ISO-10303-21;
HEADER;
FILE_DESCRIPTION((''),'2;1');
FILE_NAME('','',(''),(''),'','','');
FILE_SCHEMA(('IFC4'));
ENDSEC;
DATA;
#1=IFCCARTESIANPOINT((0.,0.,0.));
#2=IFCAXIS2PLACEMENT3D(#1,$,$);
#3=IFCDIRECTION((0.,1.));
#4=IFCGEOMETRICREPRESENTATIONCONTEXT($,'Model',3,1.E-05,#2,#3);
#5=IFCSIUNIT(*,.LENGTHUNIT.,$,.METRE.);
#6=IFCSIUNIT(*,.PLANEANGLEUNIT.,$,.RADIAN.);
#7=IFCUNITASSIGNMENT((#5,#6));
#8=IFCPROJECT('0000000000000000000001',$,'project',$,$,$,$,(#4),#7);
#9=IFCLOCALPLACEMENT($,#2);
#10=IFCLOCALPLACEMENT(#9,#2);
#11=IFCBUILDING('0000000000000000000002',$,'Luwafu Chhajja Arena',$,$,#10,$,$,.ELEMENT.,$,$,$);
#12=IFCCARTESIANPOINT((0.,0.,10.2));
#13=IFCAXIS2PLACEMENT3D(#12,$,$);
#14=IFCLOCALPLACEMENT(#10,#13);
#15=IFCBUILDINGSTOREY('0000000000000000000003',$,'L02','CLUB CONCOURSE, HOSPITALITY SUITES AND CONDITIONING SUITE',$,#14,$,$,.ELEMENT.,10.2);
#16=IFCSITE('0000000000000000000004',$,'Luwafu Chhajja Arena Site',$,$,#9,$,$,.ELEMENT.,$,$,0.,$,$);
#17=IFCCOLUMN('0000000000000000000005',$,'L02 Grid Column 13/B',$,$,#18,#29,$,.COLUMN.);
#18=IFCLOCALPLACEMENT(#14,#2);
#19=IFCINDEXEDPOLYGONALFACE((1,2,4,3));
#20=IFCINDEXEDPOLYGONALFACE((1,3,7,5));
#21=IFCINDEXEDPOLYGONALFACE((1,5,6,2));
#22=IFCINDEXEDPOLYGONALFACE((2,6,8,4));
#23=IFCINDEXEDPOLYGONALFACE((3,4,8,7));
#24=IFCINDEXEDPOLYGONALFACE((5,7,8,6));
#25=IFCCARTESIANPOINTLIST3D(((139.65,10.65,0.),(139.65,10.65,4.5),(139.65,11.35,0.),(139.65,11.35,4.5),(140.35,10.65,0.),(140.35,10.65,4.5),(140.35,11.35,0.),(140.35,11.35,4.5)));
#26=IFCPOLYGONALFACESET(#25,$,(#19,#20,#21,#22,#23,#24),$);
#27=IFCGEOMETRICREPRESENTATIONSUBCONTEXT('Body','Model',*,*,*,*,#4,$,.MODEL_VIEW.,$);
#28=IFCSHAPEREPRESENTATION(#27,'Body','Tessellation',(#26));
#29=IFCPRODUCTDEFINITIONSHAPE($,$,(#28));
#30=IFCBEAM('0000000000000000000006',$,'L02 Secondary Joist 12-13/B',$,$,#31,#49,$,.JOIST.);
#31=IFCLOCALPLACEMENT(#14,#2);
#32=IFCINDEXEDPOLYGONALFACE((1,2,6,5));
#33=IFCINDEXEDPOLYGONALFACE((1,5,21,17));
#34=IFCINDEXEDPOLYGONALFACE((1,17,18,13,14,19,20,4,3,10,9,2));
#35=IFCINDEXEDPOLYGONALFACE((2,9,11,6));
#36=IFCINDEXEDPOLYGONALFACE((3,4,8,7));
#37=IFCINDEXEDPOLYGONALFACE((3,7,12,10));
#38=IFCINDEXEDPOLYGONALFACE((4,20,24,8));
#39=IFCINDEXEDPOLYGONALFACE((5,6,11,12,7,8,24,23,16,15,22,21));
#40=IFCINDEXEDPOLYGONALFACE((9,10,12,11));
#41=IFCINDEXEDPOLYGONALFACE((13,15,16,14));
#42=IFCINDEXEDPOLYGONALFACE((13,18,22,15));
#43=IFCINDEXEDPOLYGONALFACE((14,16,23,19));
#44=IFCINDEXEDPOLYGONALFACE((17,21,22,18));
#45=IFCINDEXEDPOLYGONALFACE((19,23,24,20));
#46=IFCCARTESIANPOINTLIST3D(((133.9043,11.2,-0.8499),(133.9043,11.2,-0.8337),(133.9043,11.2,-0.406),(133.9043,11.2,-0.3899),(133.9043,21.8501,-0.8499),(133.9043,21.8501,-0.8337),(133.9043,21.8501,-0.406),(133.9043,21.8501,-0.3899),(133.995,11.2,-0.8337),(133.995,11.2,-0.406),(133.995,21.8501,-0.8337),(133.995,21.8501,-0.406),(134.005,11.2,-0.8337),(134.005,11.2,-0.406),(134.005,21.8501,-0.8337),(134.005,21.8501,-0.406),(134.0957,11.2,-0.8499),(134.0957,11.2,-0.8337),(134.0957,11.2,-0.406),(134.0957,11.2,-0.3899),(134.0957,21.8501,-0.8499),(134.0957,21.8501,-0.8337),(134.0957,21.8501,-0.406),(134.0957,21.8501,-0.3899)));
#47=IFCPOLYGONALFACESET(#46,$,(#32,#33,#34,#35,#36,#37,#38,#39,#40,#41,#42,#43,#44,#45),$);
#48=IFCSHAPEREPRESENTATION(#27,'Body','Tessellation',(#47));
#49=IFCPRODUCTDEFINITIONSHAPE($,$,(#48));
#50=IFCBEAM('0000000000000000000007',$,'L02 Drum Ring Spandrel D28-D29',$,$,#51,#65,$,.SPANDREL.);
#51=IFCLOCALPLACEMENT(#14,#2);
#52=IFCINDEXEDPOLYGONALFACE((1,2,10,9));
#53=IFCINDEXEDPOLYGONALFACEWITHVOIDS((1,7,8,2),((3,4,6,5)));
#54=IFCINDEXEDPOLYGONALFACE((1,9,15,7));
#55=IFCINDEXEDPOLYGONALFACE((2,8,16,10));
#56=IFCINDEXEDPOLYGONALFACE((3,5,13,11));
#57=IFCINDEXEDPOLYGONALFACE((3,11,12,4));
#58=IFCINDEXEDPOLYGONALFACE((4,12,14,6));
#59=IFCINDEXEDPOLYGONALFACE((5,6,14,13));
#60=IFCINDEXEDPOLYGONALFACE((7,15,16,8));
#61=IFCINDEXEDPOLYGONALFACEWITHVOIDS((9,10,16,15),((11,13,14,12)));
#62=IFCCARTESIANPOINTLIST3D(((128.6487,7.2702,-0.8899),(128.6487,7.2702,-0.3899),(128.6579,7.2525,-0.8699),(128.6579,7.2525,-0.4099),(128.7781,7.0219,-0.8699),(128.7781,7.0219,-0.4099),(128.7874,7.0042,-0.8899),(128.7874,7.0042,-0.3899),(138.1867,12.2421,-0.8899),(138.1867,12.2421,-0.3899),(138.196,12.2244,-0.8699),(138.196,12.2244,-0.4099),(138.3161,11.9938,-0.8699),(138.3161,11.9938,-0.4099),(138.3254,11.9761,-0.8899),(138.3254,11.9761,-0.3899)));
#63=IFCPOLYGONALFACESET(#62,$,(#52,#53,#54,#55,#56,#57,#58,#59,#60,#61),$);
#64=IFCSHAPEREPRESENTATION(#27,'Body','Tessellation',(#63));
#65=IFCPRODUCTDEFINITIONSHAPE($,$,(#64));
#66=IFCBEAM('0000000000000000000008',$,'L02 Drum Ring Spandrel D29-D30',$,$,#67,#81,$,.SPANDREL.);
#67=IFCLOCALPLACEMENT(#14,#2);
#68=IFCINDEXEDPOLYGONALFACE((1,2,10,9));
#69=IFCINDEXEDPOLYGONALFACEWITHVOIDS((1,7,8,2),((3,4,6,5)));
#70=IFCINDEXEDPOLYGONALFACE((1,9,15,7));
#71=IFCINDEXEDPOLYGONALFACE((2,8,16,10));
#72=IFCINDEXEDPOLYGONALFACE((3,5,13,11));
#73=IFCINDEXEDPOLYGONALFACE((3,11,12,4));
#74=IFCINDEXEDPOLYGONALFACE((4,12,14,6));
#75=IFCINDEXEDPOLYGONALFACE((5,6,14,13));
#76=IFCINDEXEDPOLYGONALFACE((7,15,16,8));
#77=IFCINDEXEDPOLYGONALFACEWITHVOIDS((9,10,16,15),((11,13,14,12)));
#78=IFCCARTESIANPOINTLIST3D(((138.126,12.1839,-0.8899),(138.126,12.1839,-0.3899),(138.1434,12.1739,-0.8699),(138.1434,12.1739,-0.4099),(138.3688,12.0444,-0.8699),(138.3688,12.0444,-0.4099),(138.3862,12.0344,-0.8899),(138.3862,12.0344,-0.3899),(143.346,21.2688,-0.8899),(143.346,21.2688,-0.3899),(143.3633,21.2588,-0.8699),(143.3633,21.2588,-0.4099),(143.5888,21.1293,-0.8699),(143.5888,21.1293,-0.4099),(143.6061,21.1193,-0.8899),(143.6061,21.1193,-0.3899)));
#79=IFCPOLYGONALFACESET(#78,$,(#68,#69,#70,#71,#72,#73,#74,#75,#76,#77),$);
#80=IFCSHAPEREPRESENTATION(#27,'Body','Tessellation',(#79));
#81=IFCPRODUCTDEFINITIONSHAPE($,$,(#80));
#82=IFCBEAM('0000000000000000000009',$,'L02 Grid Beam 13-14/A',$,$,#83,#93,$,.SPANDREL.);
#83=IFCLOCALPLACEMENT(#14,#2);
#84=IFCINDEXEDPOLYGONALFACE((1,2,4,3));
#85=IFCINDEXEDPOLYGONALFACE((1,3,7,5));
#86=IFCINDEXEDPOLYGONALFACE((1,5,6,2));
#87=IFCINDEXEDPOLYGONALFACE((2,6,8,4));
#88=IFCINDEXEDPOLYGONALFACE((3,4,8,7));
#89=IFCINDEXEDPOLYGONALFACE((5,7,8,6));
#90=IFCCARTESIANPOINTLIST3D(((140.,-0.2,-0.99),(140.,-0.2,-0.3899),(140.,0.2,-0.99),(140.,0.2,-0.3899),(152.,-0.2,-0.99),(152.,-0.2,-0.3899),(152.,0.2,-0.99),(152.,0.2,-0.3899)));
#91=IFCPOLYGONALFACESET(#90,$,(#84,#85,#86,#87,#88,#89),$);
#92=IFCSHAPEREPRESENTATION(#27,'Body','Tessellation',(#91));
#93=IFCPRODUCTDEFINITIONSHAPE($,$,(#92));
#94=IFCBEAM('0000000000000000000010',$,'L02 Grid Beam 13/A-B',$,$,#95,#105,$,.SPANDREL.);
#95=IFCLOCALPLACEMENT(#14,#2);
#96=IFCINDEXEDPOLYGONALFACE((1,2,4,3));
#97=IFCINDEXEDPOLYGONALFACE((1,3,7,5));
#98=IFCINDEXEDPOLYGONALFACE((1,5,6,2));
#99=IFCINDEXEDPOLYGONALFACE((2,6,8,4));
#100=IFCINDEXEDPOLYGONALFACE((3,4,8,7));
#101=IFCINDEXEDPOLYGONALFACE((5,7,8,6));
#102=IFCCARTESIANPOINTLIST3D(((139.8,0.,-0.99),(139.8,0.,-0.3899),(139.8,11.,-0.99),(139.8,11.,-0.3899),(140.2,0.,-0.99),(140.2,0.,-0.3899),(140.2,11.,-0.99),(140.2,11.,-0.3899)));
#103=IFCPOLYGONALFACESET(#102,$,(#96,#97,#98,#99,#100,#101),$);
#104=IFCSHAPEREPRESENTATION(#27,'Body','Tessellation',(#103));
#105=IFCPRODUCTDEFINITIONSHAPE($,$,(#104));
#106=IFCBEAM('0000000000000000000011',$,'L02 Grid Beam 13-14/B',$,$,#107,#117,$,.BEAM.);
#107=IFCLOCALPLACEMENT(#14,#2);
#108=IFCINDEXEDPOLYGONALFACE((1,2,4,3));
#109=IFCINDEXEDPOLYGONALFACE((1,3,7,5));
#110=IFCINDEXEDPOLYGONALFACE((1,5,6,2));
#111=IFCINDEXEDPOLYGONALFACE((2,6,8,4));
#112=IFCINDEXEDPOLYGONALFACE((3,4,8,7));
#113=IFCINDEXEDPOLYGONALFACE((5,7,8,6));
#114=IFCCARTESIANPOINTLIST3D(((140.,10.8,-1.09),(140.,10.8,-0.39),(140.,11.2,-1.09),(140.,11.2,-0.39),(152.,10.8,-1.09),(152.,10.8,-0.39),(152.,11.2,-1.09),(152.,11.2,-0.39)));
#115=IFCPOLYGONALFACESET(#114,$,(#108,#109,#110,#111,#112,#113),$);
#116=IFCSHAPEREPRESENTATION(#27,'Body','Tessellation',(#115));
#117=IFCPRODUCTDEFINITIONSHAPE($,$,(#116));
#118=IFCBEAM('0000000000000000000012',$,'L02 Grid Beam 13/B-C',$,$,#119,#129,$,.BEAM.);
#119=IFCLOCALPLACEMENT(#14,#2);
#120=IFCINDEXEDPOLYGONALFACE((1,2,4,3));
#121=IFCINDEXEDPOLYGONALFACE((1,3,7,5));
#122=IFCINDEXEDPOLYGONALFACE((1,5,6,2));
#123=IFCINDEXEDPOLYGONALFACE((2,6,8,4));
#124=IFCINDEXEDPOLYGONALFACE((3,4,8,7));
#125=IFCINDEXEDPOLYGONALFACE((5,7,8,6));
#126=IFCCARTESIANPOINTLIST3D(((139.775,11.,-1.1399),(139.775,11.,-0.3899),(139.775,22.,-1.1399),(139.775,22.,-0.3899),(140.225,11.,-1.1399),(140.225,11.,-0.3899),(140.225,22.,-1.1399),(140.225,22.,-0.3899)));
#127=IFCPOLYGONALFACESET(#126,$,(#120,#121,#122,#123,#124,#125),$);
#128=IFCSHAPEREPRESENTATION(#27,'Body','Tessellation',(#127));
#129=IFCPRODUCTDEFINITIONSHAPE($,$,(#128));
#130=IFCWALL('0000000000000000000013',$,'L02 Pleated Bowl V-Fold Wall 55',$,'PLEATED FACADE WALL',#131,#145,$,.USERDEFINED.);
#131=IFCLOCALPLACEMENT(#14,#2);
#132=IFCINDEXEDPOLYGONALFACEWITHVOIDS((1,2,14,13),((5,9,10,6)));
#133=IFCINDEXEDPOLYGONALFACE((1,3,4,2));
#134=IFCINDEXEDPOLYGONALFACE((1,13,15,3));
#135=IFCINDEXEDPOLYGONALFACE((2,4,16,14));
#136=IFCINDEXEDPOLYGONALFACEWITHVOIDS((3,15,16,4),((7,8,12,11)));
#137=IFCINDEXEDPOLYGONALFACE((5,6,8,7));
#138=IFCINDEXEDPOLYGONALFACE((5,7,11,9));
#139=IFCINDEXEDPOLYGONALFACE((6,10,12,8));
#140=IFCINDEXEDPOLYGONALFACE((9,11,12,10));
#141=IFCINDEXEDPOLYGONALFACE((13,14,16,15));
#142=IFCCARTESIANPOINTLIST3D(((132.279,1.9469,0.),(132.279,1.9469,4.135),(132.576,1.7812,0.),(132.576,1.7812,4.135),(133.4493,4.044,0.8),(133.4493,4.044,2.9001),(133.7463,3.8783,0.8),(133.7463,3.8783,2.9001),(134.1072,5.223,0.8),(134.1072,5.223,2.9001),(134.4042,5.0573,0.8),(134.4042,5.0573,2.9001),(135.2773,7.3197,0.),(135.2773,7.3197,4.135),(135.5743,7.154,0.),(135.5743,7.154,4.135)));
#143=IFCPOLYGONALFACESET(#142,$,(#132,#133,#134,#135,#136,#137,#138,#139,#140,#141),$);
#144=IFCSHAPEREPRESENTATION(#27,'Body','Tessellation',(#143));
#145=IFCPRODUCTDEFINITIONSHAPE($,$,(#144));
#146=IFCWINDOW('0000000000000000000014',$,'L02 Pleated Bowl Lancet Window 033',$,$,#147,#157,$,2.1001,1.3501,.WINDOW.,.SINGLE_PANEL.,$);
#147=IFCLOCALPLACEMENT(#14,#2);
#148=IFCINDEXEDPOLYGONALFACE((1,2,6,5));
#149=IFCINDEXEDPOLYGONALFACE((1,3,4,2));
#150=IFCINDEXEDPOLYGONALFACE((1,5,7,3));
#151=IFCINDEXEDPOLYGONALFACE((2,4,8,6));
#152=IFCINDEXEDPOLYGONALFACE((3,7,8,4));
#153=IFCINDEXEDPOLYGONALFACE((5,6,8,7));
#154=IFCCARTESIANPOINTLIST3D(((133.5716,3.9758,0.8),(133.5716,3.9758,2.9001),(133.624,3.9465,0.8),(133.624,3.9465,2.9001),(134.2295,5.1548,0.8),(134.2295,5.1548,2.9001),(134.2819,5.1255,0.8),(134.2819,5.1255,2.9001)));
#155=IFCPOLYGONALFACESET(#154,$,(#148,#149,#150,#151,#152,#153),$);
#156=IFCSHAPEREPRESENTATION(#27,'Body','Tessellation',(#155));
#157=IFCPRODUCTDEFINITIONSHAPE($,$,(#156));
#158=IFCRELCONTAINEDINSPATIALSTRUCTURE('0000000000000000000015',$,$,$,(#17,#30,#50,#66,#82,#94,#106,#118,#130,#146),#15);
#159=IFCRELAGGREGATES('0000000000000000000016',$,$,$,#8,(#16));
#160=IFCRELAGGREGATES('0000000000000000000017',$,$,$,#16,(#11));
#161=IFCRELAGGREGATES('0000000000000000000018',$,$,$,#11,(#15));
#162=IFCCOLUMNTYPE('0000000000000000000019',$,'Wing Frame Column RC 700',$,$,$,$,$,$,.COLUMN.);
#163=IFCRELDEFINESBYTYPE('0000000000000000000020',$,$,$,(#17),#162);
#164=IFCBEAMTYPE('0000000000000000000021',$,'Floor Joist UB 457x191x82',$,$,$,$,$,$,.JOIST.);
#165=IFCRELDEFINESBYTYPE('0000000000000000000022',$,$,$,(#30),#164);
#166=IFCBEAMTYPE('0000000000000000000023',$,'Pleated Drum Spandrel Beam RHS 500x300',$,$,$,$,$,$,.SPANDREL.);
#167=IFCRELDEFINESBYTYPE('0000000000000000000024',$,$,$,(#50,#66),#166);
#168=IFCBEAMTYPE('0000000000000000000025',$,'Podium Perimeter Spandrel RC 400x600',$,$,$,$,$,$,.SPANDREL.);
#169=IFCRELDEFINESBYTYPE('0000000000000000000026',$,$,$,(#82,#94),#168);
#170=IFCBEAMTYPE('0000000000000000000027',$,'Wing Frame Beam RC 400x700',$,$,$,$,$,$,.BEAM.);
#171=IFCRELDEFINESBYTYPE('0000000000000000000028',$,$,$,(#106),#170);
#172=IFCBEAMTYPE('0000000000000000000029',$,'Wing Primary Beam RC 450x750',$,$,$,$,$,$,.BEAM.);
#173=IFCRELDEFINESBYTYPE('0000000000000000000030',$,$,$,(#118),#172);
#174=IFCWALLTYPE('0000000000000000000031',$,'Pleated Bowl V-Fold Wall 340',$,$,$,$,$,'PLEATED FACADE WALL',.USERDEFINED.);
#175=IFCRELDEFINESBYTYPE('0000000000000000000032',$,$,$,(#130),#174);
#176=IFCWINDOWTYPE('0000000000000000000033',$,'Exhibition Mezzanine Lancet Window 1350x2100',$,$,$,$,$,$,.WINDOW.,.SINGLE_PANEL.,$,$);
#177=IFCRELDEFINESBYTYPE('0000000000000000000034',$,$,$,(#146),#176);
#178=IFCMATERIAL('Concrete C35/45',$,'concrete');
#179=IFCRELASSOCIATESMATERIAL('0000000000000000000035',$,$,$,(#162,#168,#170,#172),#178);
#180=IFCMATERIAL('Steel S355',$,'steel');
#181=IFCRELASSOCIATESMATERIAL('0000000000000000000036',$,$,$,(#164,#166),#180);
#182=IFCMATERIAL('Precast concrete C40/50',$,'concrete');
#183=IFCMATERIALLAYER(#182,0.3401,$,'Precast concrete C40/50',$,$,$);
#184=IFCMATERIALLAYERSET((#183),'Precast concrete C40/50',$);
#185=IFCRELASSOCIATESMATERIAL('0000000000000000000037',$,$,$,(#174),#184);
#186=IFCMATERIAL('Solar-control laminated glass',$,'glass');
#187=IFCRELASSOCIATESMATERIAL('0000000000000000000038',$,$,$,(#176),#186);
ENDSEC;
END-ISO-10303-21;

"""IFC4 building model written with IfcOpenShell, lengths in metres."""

from ifc_helpers import new_model, si_unit, direction, frame, frame_2d, origin, origin_2d, place, context, subcontext, project, spatial, rectangle, hollow_rectangle, i_section, extrude, material, layer, layer_set, material_profile, profile_set, type_object, element, fill, save


model = new_model("IFC4")

# Units and contexts
model_context = context("Model", 3, precision=1e-05, world=origin(), true_north=direction((0.0, 1.0)))
body_context = subcontext(model_context, "Body", "Model", "MODEL_VIEW")
ifc_project = project(units=[si_unit("LENGTHUNIT", "METRE"), si_unit("PLANEANGLEUNIT", "RADIAN")], contexts=[model_context])

# Site, building, storey
site_placement = place(None, origin())
site = spatial("IfcSite", under=ifc_project, at=site_placement, Name="Luwafu Chhajja Arena Site", CompositionType="ELEMENT", RefElevation=0.0)
building_placement = place(site_placement, origin())
building = spatial("IfcBuilding", under=site, at=building_placement, Name="Luwafu Chhajja Arena", CompositionType="ELEMENT")
storey_placement = place(building_placement, frame((0.0, 0.0, 10.2)))
storey = spatial("IfcBuildingStorey", under=building, at=storey_placement, Name="L02", Description="CLUB CONCOURSE, HOSPITALITY SUITES AND CONDITIONING SUITE", CompositionType="ELEMENT", Elevation=10.2)

# Column
ifc_material_1 = material(Name="Concrete C35/45", Category="concrete")
ifc_material_2 = material(Name="Steel S355", Category="steel")
ifc_material_profile_1 = material_profile(ifc_material_1, rectangle(XDim=0.7, YDim=0.7, at=origin_2d()), Name="RC 700x700")
ifc_profile_set_1 = profile_set([ifc_material_profile_1], Name="Concrete C35/45")
column_type_1 = type_object("IfcColumnType", Name="Wing Frame Column RC 700", PredefinedType="COLUMN", material=ifc_profile_set_1)
column_1_placement = place(storey_placement, frame((140.0, 11.0, 0.0), z_axis=(0.0, 0.0, 1.0), x_axis=(1.0, 0.0, 0.0)))
element("IfcColumn", 1, at=column_1_placement, inside=storey, type_object=column_type_1, Name="L02 Grid Column 13/B", PredefinedType="COLUMN", context=body_context, shape_type="SweptSolid", body=[
    extrude(rectangle(XDim=0.7, YDim=0.7, at=origin_2d()), origin(), (0.0, 0.0, 1.0), 4.5),
])

# Beams
ifc_material_profile_2 = material_profile(ifc_material_2, i_section(OverallWidth=0.1914, OverallDepth=0.46, WebThickness=0.01, FlangeThickness=0.0161, at=origin_2d()), Name="UB 457x191x82")
ifc_profile_set_2 = profile_set([ifc_material_profile_2], Name="Steel S355")
beam_type_1 = type_object("IfcBeamType", Name="Floor Joist UB 457x191x82", PredefinedType="JOIST", material=ifc_profile_set_2)
beam_1_placement = place(storey_placement, frame((134.0, 11.2, -0.6199), z_axis=(0.0, 1.0, 0.0), x_axis=(-1.0, 0.0, 0.0)))
element("IfcBeam", 2, at=beam_1_placement, inside=storey, type_object=beam_type_1, Name="L02 Secondary Joist 12-13/B", PredefinedType="JOIST", context=body_context, shape_type="SweptSolid", body=[
    extrude(i_section(OverallWidth=0.1914, OverallDepth=0.46, WebThickness=0.01, FlangeThickness=0.0161, at=origin_2d()), origin(), (0.0, 0.0, 1.0), 10.6501),
])
ifc_material_profile_3 = material_profile(ifc_material_2, hollow_rectangle(XDim=0.3, YDim=0.5, WallThickness=0.02, at=origin_2d()), Name="RHS 500x300x20")
ifc_profile_set_3 = profile_set([ifc_material_profile_3], Name="Steel S355")
beam_type_2 = type_object("IfcBeamType", Name="Pleated Drum Spandrel Beam RHS 500x300", PredefinedType="SPANDREL", material=ifc_profile_set_3)
beam_2_placement = place(storey_placement, frame((128.718, 7.1372, -0.6399), z_axis=(0.886755, 0.462239, 0.0), x_axis=(-0.462239, 0.886755, 0.0)))
element("IfcBeam", 3, at=beam_2_placement, inside=storey, type_object=beam_type_2, Name="L02 Drum Ring Spandrel D28-D29", PredefinedType="SPANDREL", context=body_context, shape_type="SweptSolid", body=[
    extrude(hollow_rectangle(XDim=0.3, YDim=0.5, WallThickness=0.02, at=origin_2d()), origin(), (0.0, 0.0, 1.0), 10.7561),
])
beam_3_placement = place(storey_placement, frame((138.2561, 12.1091, -0.6399), z_axis=(0.498193, 0.867066, 0.0), x_axis=(-0.867066, 0.498193, 0.0)))
element("IfcBeam", 4, at=beam_3_placement, inside=storey, type_object=beam_type_2, Name="L02 Drum Ring Spandrel D29-D30", PredefinedType="SPANDREL", context=body_context, shape_type="SweptSolid", body=[
    extrude(hollow_rectangle(XDim=0.3, YDim=0.5, WallThickness=0.02, at=origin_2d()), origin(), (0.0, 0.0, 1.0), 10.4778),
])
ifc_material_profile_4 = material_profile(ifc_material_1, rectangle(XDim=0.3999, YDim=0.6001, at=origin_2d()), Name="RC 400x600")
ifc_profile_set_4 = profile_set([ifc_material_profile_4], Name="Concrete C35/45")
beam_type_3 = type_object("IfcBeamType", Name="Podium Perimeter Spandrel RC 400x600", PredefinedType="SPANDREL", material=ifc_profile_set_4)
beam_4_placement = place(storey_placement, frame((140.0, 0.0, -0.6899), z_axis=(1.0, 0.0, 0.0), x_axis=(0.0, 1.0, 0.0)))
element("IfcBeam", 5, at=beam_4_placement, inside=storey, type_object=beam_type_3, Name="L02 Grid Beam 13-14/A", PredefinedType="SPANDREL", context=body_context, shape_type="SweptSolid", body=[
    extrude(rectangle(XDim=0.3999, YDim=0.6001, at=origin_2d()), origin(), (0.0, 0.0, 1.0), 12.0),
])
beam_5_placement = place(storey_placement, frame((140.0, 0.0, -0.6899), z_axis=(0.0, 1.0, 0.0), x_axis=(-1.0, 0.0, 0.0)))
element("IfcBeam", 6, at=beam_5_placement, inside=storey, type_object=beam_type_3, Name="L02 Grid Beam 13/A-B", PredefinedType="SPANDREL", context=body_context, shape_type="SweptSolid", body=[
    extrude(rectangle(XDim=0.3999, YDim=0.6001, at=origin_2d()), origin(), (0.0, 0.0, 1.0), 11.0),
])
ifc_material_profile_5 = material_profile(ifc_material_1, rectangle(XDim=0.3999, YDim=0.7, at=origin_2d()), Name="RC 400x700")
ifc_profile_set_5 = profile_set([ifc_material_profile_5], Name="Concrete C35/45")
beam_type_4 = type_object("IfcBeamType", Name="Wing Frame Beam RC 400x700", PredefinedType="BEAM", material=ifc_profile_set_5)
beam_6_placement = place(storey_placement, frame((140.0, 11.0, -0.74), z_axis=(1.0, 0.0, 0.0), x_axis=(0.0, 1.0, 0.0)))
element("IfcBeam", 7, at=beam_6_placement, inside=storey, type_object=beam_type_4, Name="L02 Grid Beam 13-14/B", PredefinedType="BEAM", context=body_context, shape_type="SweptSolid", body=[
    extrude(rectangle(XDim=0.3999, YDim=0.7, at=origin_2d()), origin(), (0.0, 0.0, 1.0), 12.0),
])
ifc_material_profile_6 = material_profile(ifc_material_1, rectangle(XDim=0.45, YDim=0.75, at=origin_2d()), Name="RC 450x750")
ifc_profile_set_6 = profile_set([ifc_material_profile_6], Name="Concrete C35/45")
beam_type_5 = type_object("IfcBeamType", Name="Wing Primary Beam RC 450x750", PredefinedType="BEAM", material=ifc_profile_set_6)
beam_7_placement = place(storey_placement, frame((140.0, 11.0, -0.7649), z_axis=(0.0, 1.0, 0.0), x_axis=(-1.0, 0.0, 0.0)))
element("IfcBeam", 8, at=beam_7_placement, inside=storey, type_object=beam_type_5, Name="L02 Grid Beam 13/B-C", PredefinedType="BEAM", context=body_context, shape_type="SweptSolid", body=[
    extrude(rectangle(XDim=0.45, YDim=0.75, at=origin_2d()), origin(), (0.0, 0.0, 1.0), 11.0),
])

# Wall, opening, window
ifc_material_3 = material(Name="Precast concrete C40/50", Category="concrete")
ifc_layer_1 = layer(ifc_material_3, 0.3401, Name="Precast concrete C40/50")
ifc_layer_set_1 = layer_set([ifc_layer_1], Name="Precast concrete C40/50")
wall_type_1 = type_object("IfcWallType", Name="Pleated Bowl V-Fold Wall 340", ElementType="PLEATED FACADE WALL", PredefinedType="USERDEFINED", material=ifc_layer_set_1)
wall_1_placement = place(storey_placement, frame((132.4275, 1.864, 0.0), z_axis=(0.0, 0.0, 1.0), x_axis=(0.487306, 0.873231, 0.0)))
wall_1 = element("IfcWall", 9, at=wall_1_placement, inside=storey, type_object=wall_type_1, Name="L02 Pleated Bowl V-Fold Wall 55", ObjectType="PLEATED FACADE WALL", PredefinedType="USERDEFINED", context=body_context, shape_type="SweptSolid", body=[
    extrude(rectangle(XDim=6.1528, YDim=0.3401, at=frame_2d((3.0764, 0.0))), origin(), (0.0, 0.0, 1.0), 4.135),
])
opening_1_placement = place(wall_1_placement, frame((2.4016, 0.0, 0.8)))
opening_1 = element("IfcOpeningElement", 10, at=opening_1_placement, cuts=wall_1, PredefinedType="OPENING", context=body_context, shape_type="SweptSolid", body=[
    extrude(rectangle(XDim=1.3501, YDim=2.1001, at=frame_2d((0.675, 1.05))), frame((0.0, 0.1799, 0.0), z_axis=(0.0, -1.0, 0.0), x_axis=(1.0, 0.0, 0.0)), (0.0, 0.0, 1.0), 0.3601),
])
ifc_material_4 = material(Name="Solar-control laminated glass", Category="glass")
window_type_1 = type_object("IfcWindowType", Name="Exhibition Mezzanine Lancet Window 1350x2100", PartitioningType="SINGLE_PANEL", PredefinedType="WINDOW", material=ifc_material_4)
window_1_placement = place(opening_1_placement, origin())
window_1 = element("IfcWindow", 11, at=window_1_placement, inside=storey, type_object=window_type_1, Name="L02 Pleated Bowl Lancet Window 033", OverallHeight=2.1001, OverallWidth=1.3501, PartitioningType="SINGLE_PANEL", PredefinedType="WINDOW", context=body_context, shape_type="SweptSolid", body=[
    extrude(rectangle(XDim=1.3501, YDim=2.1001, at=frame_2d((0.675, 1.05))), frame((0.0, 0.03, 0.0), z_axis=(0.0, -1.0, 0.0), x_axis=(1.0, 0.0, 0.0)), (0.0, 0.0, 1.0), 0.0601),
])
fill(opening_1, window_1)

save(model, "model.ifc")
